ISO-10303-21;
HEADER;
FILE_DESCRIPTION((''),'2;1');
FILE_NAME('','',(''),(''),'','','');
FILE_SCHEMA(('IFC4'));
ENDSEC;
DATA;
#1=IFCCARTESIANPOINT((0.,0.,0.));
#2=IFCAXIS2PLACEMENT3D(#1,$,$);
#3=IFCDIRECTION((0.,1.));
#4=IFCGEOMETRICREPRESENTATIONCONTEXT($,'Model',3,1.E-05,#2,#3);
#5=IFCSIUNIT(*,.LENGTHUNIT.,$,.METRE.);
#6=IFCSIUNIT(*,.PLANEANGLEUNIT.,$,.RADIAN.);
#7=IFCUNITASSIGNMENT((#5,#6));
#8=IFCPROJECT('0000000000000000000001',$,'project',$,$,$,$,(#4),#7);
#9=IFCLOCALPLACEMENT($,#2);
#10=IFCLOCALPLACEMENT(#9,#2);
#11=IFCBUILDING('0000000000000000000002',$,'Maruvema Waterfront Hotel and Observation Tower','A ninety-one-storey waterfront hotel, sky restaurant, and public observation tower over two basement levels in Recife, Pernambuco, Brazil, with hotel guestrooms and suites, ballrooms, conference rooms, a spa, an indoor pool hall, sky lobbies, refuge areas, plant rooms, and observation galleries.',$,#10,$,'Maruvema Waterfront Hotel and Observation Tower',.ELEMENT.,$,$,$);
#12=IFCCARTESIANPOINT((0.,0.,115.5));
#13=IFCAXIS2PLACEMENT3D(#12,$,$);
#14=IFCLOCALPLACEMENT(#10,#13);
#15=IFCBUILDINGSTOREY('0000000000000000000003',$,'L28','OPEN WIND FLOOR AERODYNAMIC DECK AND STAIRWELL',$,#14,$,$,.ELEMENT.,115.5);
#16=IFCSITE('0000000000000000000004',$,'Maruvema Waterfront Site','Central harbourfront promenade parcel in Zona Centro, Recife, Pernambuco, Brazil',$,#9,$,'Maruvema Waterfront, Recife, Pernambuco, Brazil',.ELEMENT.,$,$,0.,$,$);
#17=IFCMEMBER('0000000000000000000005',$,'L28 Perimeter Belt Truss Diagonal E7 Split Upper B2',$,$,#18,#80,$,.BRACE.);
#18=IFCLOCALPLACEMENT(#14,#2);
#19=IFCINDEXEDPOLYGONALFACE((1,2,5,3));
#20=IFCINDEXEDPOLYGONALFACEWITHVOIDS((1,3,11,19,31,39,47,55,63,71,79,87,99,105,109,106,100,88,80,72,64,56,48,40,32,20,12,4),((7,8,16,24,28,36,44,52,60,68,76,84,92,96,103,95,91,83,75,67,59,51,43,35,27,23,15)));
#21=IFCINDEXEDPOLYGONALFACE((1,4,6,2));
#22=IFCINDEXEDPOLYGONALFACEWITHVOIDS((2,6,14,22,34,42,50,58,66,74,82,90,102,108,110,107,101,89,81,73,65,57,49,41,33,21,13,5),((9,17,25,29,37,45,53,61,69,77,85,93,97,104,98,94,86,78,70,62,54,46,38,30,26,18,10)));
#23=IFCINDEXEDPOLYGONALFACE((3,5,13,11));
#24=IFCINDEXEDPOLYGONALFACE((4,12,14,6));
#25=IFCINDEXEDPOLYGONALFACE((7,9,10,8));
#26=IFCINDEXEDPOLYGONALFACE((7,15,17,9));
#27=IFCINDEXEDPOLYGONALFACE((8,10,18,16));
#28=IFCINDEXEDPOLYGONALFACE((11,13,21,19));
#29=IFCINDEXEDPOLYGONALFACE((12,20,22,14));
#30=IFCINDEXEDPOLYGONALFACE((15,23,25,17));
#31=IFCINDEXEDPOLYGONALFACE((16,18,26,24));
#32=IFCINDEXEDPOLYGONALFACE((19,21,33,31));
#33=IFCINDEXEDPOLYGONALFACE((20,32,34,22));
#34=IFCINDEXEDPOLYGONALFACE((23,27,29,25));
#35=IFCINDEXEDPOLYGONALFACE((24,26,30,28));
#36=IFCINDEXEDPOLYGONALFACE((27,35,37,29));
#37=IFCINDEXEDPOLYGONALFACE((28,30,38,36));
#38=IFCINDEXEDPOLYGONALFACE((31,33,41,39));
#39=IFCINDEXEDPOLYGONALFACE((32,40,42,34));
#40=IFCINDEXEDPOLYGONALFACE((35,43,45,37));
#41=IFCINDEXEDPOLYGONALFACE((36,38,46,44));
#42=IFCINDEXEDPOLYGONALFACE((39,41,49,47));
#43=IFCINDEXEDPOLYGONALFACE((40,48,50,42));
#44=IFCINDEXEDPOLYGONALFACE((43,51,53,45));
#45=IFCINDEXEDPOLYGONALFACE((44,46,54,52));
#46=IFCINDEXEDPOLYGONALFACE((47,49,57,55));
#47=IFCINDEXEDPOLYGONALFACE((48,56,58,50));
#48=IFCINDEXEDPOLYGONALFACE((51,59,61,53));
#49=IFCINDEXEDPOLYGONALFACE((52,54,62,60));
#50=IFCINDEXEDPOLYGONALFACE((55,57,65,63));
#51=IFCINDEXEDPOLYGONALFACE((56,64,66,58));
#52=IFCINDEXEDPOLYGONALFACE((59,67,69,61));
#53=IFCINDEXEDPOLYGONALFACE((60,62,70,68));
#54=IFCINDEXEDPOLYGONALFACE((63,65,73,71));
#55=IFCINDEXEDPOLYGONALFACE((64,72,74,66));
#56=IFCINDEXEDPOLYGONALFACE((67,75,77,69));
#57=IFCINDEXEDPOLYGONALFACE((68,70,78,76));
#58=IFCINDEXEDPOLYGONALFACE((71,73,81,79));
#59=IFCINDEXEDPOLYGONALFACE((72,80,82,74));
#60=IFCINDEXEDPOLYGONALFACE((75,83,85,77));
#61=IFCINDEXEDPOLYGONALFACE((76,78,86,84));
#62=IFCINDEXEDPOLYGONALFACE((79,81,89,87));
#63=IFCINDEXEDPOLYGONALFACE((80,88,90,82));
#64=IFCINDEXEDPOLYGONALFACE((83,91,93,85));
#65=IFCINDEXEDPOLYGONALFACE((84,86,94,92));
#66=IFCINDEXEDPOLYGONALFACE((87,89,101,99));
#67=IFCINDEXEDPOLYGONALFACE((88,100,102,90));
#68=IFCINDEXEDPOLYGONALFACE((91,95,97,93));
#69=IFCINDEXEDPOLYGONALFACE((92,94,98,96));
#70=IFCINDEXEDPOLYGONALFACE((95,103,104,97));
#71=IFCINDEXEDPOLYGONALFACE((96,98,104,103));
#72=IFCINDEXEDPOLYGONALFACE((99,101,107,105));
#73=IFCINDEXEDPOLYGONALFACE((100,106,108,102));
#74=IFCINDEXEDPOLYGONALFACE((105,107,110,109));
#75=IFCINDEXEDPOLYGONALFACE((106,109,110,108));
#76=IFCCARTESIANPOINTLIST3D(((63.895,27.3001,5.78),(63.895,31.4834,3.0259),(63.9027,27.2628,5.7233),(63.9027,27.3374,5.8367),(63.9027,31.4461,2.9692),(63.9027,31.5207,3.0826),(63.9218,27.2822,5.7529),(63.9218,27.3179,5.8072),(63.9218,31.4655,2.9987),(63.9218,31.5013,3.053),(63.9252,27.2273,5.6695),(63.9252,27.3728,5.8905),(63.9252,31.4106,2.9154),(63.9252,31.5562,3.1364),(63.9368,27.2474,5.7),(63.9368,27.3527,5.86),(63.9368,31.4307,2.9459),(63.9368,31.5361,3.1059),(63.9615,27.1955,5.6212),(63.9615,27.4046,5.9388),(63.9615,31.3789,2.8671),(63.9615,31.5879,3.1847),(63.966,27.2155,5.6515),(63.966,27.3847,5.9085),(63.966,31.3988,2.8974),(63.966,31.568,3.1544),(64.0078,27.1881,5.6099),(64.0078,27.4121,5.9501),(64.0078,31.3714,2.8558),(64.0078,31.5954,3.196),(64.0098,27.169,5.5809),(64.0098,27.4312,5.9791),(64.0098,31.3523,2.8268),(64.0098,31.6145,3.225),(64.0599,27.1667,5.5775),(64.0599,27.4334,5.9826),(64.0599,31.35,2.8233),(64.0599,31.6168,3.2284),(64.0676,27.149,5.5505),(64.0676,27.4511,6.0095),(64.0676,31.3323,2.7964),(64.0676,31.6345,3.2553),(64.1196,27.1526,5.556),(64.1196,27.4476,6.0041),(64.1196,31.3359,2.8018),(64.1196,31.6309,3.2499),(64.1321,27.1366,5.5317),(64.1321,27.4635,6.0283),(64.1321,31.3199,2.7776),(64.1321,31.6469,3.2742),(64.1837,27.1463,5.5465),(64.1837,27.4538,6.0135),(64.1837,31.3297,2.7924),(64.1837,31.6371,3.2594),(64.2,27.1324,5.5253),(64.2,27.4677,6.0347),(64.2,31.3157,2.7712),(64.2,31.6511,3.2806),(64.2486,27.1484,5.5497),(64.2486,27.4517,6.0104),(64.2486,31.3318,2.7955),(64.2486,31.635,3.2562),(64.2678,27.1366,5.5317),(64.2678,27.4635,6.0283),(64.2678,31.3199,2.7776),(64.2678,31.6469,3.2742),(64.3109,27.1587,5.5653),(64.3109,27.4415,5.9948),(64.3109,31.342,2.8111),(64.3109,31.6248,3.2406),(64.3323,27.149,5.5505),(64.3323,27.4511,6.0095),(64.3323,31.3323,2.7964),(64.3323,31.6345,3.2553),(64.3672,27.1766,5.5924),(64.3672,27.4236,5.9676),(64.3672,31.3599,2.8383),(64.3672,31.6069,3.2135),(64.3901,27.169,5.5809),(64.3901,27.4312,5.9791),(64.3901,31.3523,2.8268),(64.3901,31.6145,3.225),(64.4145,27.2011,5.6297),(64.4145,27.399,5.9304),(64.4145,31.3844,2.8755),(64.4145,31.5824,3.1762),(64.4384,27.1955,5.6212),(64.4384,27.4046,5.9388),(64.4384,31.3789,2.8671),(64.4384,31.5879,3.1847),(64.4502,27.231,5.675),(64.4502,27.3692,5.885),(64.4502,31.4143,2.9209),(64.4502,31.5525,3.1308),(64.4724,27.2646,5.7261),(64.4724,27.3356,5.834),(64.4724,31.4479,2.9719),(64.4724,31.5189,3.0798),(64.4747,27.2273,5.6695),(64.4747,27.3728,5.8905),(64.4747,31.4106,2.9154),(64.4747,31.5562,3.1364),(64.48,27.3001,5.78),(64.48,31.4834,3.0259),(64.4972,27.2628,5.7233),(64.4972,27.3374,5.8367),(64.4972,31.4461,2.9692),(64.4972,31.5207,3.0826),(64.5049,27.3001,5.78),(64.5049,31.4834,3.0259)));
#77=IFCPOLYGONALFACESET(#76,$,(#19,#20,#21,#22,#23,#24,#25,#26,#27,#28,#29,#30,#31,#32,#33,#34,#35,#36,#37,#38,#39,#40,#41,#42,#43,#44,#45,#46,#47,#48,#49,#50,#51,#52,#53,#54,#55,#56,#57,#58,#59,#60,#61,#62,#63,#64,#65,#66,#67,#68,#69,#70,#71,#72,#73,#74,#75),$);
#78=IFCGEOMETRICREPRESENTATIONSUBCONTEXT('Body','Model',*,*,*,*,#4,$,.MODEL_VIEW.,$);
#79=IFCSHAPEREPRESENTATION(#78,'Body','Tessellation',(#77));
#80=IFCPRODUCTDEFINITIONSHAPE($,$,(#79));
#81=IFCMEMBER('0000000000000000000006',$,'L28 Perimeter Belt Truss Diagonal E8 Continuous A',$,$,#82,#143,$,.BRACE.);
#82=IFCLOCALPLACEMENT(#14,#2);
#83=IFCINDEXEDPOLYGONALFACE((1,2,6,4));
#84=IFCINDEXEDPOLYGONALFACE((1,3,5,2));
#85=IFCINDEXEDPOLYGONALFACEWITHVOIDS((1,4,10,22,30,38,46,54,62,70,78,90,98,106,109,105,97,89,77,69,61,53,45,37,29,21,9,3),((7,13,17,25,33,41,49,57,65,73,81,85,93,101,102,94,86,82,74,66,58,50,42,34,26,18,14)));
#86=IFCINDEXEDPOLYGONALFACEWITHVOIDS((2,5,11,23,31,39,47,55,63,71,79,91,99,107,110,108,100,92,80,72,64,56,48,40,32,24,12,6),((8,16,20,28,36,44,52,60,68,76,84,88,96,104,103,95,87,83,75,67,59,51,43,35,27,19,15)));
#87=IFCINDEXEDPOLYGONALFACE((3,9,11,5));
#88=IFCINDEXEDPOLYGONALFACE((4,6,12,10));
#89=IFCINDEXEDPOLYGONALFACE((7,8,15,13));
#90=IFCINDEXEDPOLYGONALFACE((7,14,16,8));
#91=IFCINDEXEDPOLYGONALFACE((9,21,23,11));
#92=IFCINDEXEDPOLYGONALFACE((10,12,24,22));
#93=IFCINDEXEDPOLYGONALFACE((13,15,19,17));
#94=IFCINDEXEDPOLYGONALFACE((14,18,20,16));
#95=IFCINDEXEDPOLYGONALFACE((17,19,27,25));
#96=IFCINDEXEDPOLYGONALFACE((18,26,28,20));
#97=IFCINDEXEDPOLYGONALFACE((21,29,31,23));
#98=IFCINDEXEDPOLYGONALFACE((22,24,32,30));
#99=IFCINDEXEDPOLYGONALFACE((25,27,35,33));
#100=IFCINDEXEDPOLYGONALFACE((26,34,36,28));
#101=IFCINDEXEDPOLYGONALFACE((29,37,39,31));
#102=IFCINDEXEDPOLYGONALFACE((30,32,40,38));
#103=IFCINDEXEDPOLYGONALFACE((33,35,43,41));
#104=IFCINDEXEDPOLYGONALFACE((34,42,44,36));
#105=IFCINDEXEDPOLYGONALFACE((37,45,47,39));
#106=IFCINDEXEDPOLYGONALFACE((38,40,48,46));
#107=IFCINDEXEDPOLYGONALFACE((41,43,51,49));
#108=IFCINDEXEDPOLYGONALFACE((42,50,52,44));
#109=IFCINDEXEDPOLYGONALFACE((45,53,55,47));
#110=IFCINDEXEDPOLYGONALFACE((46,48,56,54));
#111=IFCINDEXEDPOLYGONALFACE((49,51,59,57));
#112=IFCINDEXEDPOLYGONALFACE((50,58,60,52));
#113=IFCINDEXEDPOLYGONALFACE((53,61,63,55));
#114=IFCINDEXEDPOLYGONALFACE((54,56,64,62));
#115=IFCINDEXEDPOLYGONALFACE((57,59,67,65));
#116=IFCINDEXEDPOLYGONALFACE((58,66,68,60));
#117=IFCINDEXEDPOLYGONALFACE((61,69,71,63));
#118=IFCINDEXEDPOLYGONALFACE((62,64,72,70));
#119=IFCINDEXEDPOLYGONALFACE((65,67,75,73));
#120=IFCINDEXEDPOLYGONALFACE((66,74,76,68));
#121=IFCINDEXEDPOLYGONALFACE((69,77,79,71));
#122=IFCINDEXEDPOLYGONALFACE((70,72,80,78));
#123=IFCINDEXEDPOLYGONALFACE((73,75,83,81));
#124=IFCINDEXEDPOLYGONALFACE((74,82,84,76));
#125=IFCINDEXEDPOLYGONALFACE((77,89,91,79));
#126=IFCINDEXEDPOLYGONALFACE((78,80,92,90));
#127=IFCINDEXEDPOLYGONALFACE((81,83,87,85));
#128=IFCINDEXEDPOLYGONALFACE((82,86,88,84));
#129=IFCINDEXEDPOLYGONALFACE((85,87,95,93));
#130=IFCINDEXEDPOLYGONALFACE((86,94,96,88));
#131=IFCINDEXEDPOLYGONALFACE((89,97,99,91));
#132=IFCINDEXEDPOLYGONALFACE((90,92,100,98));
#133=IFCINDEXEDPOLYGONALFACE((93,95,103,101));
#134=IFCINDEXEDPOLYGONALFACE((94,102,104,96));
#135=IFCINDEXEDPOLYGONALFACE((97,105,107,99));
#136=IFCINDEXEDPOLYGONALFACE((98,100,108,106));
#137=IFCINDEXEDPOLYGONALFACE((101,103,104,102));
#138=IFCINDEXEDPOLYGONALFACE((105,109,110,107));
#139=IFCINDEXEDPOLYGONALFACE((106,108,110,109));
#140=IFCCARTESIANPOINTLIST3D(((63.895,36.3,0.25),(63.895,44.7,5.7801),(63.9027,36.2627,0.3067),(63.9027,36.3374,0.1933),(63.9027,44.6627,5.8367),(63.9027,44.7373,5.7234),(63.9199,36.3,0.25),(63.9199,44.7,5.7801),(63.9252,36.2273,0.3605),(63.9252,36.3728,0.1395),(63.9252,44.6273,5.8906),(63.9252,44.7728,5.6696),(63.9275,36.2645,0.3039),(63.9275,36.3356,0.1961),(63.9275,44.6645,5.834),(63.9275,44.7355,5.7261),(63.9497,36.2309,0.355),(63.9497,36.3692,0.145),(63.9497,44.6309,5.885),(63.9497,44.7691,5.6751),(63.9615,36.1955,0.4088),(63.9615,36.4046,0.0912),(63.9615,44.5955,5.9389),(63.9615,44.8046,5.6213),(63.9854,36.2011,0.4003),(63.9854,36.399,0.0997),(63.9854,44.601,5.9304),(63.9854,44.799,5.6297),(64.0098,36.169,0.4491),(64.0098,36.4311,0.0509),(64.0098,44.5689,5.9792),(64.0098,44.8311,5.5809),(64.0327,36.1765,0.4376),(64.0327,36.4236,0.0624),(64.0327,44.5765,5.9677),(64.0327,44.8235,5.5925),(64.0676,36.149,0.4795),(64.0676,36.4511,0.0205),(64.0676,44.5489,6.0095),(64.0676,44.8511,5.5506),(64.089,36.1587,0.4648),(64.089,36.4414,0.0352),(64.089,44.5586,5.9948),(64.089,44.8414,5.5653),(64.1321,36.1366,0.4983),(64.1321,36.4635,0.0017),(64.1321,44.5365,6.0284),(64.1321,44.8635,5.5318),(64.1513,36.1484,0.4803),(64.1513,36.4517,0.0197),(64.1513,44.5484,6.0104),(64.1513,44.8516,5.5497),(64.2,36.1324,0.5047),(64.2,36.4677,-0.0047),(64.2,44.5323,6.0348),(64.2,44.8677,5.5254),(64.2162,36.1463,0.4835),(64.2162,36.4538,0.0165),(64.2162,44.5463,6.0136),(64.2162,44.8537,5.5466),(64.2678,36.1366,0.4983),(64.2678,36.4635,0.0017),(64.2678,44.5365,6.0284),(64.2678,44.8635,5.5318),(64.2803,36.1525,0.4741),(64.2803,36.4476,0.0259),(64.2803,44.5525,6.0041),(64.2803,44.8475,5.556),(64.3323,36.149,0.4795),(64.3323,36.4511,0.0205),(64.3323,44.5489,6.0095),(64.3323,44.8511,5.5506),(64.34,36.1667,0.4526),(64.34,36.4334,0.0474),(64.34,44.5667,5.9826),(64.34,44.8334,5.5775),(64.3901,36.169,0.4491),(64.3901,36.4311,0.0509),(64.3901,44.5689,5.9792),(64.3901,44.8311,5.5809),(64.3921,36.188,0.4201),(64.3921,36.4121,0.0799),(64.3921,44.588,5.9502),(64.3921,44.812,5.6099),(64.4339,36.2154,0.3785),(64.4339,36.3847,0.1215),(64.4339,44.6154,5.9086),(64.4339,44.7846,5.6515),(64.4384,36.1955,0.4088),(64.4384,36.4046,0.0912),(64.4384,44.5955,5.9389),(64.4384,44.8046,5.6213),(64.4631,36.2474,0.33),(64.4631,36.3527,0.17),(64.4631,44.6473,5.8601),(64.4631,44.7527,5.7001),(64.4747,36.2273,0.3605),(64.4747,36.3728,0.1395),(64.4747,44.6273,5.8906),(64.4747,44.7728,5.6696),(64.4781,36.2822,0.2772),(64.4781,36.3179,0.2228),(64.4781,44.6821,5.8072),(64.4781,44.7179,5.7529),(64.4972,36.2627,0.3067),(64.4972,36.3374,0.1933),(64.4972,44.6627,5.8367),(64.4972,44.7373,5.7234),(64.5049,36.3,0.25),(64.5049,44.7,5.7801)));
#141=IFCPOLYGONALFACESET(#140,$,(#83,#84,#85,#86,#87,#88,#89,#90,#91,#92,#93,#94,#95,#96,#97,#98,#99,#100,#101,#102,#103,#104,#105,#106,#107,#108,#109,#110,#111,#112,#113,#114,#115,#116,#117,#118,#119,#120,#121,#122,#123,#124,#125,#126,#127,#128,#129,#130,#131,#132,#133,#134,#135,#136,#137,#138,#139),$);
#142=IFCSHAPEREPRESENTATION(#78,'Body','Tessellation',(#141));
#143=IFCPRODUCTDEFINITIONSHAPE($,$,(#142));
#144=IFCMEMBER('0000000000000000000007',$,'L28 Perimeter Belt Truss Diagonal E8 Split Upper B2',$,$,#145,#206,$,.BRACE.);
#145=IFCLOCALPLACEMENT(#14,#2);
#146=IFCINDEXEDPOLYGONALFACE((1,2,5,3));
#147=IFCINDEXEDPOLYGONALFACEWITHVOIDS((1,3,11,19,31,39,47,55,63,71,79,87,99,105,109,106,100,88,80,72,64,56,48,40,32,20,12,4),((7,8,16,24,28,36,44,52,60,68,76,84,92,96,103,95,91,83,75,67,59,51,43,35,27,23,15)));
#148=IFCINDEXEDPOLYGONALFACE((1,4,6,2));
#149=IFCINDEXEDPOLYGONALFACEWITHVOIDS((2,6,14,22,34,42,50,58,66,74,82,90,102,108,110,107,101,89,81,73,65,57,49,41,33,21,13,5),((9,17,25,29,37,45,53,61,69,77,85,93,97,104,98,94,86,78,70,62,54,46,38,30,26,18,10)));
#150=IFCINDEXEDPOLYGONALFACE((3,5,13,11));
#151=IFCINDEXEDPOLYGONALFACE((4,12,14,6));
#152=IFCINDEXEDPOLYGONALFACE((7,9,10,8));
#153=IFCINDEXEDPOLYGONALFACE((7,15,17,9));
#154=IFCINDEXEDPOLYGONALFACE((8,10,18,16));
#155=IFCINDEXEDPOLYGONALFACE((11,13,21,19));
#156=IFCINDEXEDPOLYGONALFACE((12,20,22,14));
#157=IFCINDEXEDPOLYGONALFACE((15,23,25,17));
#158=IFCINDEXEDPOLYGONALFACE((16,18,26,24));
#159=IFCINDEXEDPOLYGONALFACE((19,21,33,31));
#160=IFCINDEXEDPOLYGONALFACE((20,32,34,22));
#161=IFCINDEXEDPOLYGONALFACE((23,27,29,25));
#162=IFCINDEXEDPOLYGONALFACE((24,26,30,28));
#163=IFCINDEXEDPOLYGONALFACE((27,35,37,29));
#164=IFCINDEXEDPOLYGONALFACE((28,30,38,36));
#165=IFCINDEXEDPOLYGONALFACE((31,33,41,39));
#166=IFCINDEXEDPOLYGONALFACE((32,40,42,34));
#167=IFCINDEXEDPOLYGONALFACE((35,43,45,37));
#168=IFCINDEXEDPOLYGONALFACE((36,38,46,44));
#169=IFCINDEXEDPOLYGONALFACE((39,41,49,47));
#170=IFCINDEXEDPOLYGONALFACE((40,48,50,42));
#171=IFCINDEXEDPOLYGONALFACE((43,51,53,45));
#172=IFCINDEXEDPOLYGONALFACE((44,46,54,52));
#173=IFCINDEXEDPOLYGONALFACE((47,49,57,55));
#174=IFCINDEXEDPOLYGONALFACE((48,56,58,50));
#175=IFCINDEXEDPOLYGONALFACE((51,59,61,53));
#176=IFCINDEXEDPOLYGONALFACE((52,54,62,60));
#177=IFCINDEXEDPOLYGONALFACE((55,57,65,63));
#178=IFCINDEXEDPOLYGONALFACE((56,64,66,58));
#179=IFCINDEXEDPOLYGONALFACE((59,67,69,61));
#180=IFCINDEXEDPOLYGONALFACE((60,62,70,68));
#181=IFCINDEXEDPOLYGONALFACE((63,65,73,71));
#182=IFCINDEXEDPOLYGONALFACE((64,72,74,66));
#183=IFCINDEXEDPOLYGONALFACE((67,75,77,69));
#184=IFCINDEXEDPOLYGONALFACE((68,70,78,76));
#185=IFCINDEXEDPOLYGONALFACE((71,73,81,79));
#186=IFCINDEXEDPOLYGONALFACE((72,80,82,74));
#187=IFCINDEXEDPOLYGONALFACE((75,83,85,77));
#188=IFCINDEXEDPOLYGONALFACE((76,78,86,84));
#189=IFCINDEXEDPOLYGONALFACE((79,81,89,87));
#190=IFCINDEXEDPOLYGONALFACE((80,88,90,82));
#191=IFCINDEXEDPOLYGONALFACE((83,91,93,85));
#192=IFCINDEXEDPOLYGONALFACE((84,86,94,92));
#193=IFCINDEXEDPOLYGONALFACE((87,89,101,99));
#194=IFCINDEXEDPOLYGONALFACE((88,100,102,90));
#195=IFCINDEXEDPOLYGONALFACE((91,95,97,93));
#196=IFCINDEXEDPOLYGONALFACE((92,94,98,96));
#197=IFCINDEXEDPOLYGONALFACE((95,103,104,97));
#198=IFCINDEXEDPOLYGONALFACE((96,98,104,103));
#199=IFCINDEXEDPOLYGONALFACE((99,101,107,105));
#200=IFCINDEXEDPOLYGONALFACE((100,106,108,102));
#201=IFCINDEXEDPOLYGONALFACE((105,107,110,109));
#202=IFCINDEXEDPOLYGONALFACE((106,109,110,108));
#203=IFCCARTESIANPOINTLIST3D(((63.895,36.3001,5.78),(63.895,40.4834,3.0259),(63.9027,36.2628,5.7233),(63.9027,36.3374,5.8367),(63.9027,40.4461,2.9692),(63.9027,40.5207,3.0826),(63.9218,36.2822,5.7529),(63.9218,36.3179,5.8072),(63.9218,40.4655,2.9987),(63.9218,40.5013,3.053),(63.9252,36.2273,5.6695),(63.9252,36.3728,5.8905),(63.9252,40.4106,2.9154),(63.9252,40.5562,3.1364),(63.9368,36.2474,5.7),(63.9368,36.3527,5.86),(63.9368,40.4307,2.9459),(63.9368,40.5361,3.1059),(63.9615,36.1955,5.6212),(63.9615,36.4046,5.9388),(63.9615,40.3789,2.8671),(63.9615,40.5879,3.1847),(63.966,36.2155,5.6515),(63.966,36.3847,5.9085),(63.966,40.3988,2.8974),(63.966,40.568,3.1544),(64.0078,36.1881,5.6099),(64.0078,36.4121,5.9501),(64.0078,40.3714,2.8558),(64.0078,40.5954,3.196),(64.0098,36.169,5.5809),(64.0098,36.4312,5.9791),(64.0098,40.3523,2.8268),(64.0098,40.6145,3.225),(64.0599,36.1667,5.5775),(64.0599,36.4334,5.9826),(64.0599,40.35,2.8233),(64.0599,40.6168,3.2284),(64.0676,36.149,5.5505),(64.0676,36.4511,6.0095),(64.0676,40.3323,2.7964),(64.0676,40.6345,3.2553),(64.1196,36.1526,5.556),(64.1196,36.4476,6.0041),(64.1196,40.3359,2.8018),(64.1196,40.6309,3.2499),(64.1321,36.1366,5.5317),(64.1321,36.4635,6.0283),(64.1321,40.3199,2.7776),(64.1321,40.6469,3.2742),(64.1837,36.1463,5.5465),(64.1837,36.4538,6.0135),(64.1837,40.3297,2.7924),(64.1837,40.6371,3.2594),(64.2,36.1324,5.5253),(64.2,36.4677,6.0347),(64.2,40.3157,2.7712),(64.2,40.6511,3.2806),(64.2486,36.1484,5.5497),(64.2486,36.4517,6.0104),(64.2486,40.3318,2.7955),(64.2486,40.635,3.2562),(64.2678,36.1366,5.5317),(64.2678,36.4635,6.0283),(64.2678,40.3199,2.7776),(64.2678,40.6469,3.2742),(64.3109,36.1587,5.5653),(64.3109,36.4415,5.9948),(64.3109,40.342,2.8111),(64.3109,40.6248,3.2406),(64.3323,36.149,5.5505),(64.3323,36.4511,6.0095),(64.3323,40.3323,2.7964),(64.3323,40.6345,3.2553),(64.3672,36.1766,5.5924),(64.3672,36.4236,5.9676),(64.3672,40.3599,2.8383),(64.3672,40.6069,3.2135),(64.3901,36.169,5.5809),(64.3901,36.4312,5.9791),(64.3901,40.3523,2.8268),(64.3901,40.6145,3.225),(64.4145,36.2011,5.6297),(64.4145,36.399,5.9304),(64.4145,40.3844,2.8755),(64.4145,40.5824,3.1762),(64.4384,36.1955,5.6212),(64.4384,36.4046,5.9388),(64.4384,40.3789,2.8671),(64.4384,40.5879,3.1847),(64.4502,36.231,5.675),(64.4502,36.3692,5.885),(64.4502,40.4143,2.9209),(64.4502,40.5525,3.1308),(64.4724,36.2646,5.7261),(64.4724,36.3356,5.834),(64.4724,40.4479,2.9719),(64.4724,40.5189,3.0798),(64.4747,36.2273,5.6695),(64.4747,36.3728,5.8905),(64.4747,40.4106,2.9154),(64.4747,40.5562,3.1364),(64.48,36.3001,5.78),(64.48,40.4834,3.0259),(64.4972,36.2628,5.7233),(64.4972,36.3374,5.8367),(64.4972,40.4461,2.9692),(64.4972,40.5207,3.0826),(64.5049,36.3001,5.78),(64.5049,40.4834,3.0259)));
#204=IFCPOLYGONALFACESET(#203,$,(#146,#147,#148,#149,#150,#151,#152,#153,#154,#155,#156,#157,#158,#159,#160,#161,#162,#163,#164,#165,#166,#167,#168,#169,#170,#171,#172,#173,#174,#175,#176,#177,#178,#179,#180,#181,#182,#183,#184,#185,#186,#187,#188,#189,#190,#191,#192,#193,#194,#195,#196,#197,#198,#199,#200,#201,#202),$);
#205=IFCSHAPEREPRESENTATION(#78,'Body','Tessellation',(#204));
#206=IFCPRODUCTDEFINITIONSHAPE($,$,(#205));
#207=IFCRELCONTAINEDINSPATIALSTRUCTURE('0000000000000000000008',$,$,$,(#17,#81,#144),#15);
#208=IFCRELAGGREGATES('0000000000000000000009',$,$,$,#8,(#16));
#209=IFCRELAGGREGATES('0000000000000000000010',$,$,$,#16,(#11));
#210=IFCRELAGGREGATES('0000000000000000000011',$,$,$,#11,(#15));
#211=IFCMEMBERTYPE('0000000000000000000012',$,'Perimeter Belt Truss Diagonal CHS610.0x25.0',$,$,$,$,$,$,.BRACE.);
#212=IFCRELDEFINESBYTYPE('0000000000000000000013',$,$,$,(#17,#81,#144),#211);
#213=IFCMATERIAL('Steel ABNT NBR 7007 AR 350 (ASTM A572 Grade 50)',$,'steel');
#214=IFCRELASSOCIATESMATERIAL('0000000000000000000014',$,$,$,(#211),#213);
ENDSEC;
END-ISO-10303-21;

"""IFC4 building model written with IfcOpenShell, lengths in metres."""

from ifc_helpers import new_model, si_unit, direction, frame, origin, origin_2d, place, context, subcontext, project, spatial, hollow_circle, extrude, material, material_profile, profile_set, type_object, element, save


model = new_model("IFC4")

# Units and contexts
model_context = context("Model", 3, precision=1e-05, world=origin(), true_north=direction((0.0, 1.0)))
body_context = subcontext(model_context, "Body", "Model", "MODEL_VIEW")
ifc_project = project(units=[si_unit("LENGTHUNIT", "METRE"), si_unit("PLANEANGLEUNIT", "RADIAN")], contexts=[model_context])

# Site, building, storey
site_placement = place(None, origin())
site = spatial("IfcSite", under=ifc_project, at=site_placement, Name="Maruvema Waterfront Site", Description="Central harbourfront promenade parcel in Zona Centro, Recife, Pernambuco, Brazil", LongName="Maruvema Waterfront, Recife, Pernambuco, Brazil", CompositionType="ELEMENT", RefElevation=0.0)
building_placement = place(site_placement, origin())
building = spatial("IfcBuilding", under=site, at=building_placement, Name="Maruvema Waterfront Hotel and Observation Tower", Description="A ninety-one-storey waterfront hotel, sky restaurant, and public observation tower over two basement levels in Recife, Pernambuco, Brazil, with hotel guestrooms and suites, ballrooms, conference rooms, a spa, an indoor pool hall, sky lobbies, refuge areas, plant rooms, and observation galleries.", LongName="Maruvema Waterfront Hotel and Observation Tower", CompositionType="ELEMENT")
storey_placement = place(building_placement, frame((0.0, 0.0, 115.5)))
storey = spatial("IfcBuildingStorey", under=building, at=storey_placement, Name="L28", Description="OPEN WIND FLOOR AERODYNAMIC DECK AND STAIRWELL", CompositionType="ELEMENT", Elevation=115.5)

# Members
ifc_material_1 = material(Name="Steel ABNT NBR 7007 AR 350 (ASTM A572 Grade 50)", Category="steel")
ifc_material_profile_1 = material_profile(ifc_material_1, hollow_circle(Radius=0.3049, WallThickness=0.0249, at=origin_2d()), Name="CHS610.0x25.0")
ifc_profile_set_1 = profile_set([ifc_material_profile_1], Name="Steel ABNT NBR 7007 AR 350 (ASTM A572 Grade 50)")
member_type_1 = type_object("IfcMemberType", Name="Perimeter Belt Truss Diagonal CHS610.0x25.0", PredefinedType="BRACE", material=ifc_profile_set_1)
for number, where, z_axis, x_axis, name in (
    (1, (64.2, 31.4834, 3.0259), (0.0, -0.835239, 0.549888), (1.0, 0.0, 0.0), "L28 Perimeter Belt Truss Diagonal E7 Split Upper B2"),
):
    element("IfcMember", number, at=place(storey_placement, frame(where, z_axis=z_axis, x_axis=x_axis)), inside=storey, type_object=member_type_1, Name=name, PredefinedType="BRACE", context=body_context, shape_type="SweptSolid", body=[
        extrude(hollow_circle(Radius=0.3049, WallThickness=0.0249, at=origin_2d()), origin(), (0.0, 0.0, 1.0), 5.0085),
    ])
member_1_placement = place(storey_placement, frame((64.2, 36.3, 0.25), z_axis=(0.0, 0.835245, 0.549879), x_axis=(-1.0, 0.0, 0.0)))
element("IfcMember", 2, at=member_1_placement, inside=storey, type_object=member_type_1, Name="L28 Perimeter Belt Truss Diagonal E8 Continuous A", PredefinedType="BRACE", context=body_context, shape_type="SweptSolid", body=[
    extrude(hollow_circle(Radius=0.3049, WallThickness=0.0249, at=origin_2d()), origin(), (0.0, 0.0, 1.0), 10.0569),
])
member_2_placement = place(storey_placement, frame((64.2, 40.4834, 3.0259), z_axis=(0.0, -0.835239, 0.549888), x_axis=(1.0, 0.0, 0.0)))
element("IfcMember", 3, at=member_2_placement, inside=storey, type_object=member_type_1, Name="L28 Perimeter Belt Truss Diagonal E8 Split Upper B2", PredefinedType="BRACE", context=body_context, shape_type="SweptSolid", body=[
    extrude(hollow_circle(Radius=0.3049, WallThickness=0.0249, at=origin_2d()), origin(), (0.0, 0.0, 1.0), 5.0085),
])

save(model, "model.ifc")
